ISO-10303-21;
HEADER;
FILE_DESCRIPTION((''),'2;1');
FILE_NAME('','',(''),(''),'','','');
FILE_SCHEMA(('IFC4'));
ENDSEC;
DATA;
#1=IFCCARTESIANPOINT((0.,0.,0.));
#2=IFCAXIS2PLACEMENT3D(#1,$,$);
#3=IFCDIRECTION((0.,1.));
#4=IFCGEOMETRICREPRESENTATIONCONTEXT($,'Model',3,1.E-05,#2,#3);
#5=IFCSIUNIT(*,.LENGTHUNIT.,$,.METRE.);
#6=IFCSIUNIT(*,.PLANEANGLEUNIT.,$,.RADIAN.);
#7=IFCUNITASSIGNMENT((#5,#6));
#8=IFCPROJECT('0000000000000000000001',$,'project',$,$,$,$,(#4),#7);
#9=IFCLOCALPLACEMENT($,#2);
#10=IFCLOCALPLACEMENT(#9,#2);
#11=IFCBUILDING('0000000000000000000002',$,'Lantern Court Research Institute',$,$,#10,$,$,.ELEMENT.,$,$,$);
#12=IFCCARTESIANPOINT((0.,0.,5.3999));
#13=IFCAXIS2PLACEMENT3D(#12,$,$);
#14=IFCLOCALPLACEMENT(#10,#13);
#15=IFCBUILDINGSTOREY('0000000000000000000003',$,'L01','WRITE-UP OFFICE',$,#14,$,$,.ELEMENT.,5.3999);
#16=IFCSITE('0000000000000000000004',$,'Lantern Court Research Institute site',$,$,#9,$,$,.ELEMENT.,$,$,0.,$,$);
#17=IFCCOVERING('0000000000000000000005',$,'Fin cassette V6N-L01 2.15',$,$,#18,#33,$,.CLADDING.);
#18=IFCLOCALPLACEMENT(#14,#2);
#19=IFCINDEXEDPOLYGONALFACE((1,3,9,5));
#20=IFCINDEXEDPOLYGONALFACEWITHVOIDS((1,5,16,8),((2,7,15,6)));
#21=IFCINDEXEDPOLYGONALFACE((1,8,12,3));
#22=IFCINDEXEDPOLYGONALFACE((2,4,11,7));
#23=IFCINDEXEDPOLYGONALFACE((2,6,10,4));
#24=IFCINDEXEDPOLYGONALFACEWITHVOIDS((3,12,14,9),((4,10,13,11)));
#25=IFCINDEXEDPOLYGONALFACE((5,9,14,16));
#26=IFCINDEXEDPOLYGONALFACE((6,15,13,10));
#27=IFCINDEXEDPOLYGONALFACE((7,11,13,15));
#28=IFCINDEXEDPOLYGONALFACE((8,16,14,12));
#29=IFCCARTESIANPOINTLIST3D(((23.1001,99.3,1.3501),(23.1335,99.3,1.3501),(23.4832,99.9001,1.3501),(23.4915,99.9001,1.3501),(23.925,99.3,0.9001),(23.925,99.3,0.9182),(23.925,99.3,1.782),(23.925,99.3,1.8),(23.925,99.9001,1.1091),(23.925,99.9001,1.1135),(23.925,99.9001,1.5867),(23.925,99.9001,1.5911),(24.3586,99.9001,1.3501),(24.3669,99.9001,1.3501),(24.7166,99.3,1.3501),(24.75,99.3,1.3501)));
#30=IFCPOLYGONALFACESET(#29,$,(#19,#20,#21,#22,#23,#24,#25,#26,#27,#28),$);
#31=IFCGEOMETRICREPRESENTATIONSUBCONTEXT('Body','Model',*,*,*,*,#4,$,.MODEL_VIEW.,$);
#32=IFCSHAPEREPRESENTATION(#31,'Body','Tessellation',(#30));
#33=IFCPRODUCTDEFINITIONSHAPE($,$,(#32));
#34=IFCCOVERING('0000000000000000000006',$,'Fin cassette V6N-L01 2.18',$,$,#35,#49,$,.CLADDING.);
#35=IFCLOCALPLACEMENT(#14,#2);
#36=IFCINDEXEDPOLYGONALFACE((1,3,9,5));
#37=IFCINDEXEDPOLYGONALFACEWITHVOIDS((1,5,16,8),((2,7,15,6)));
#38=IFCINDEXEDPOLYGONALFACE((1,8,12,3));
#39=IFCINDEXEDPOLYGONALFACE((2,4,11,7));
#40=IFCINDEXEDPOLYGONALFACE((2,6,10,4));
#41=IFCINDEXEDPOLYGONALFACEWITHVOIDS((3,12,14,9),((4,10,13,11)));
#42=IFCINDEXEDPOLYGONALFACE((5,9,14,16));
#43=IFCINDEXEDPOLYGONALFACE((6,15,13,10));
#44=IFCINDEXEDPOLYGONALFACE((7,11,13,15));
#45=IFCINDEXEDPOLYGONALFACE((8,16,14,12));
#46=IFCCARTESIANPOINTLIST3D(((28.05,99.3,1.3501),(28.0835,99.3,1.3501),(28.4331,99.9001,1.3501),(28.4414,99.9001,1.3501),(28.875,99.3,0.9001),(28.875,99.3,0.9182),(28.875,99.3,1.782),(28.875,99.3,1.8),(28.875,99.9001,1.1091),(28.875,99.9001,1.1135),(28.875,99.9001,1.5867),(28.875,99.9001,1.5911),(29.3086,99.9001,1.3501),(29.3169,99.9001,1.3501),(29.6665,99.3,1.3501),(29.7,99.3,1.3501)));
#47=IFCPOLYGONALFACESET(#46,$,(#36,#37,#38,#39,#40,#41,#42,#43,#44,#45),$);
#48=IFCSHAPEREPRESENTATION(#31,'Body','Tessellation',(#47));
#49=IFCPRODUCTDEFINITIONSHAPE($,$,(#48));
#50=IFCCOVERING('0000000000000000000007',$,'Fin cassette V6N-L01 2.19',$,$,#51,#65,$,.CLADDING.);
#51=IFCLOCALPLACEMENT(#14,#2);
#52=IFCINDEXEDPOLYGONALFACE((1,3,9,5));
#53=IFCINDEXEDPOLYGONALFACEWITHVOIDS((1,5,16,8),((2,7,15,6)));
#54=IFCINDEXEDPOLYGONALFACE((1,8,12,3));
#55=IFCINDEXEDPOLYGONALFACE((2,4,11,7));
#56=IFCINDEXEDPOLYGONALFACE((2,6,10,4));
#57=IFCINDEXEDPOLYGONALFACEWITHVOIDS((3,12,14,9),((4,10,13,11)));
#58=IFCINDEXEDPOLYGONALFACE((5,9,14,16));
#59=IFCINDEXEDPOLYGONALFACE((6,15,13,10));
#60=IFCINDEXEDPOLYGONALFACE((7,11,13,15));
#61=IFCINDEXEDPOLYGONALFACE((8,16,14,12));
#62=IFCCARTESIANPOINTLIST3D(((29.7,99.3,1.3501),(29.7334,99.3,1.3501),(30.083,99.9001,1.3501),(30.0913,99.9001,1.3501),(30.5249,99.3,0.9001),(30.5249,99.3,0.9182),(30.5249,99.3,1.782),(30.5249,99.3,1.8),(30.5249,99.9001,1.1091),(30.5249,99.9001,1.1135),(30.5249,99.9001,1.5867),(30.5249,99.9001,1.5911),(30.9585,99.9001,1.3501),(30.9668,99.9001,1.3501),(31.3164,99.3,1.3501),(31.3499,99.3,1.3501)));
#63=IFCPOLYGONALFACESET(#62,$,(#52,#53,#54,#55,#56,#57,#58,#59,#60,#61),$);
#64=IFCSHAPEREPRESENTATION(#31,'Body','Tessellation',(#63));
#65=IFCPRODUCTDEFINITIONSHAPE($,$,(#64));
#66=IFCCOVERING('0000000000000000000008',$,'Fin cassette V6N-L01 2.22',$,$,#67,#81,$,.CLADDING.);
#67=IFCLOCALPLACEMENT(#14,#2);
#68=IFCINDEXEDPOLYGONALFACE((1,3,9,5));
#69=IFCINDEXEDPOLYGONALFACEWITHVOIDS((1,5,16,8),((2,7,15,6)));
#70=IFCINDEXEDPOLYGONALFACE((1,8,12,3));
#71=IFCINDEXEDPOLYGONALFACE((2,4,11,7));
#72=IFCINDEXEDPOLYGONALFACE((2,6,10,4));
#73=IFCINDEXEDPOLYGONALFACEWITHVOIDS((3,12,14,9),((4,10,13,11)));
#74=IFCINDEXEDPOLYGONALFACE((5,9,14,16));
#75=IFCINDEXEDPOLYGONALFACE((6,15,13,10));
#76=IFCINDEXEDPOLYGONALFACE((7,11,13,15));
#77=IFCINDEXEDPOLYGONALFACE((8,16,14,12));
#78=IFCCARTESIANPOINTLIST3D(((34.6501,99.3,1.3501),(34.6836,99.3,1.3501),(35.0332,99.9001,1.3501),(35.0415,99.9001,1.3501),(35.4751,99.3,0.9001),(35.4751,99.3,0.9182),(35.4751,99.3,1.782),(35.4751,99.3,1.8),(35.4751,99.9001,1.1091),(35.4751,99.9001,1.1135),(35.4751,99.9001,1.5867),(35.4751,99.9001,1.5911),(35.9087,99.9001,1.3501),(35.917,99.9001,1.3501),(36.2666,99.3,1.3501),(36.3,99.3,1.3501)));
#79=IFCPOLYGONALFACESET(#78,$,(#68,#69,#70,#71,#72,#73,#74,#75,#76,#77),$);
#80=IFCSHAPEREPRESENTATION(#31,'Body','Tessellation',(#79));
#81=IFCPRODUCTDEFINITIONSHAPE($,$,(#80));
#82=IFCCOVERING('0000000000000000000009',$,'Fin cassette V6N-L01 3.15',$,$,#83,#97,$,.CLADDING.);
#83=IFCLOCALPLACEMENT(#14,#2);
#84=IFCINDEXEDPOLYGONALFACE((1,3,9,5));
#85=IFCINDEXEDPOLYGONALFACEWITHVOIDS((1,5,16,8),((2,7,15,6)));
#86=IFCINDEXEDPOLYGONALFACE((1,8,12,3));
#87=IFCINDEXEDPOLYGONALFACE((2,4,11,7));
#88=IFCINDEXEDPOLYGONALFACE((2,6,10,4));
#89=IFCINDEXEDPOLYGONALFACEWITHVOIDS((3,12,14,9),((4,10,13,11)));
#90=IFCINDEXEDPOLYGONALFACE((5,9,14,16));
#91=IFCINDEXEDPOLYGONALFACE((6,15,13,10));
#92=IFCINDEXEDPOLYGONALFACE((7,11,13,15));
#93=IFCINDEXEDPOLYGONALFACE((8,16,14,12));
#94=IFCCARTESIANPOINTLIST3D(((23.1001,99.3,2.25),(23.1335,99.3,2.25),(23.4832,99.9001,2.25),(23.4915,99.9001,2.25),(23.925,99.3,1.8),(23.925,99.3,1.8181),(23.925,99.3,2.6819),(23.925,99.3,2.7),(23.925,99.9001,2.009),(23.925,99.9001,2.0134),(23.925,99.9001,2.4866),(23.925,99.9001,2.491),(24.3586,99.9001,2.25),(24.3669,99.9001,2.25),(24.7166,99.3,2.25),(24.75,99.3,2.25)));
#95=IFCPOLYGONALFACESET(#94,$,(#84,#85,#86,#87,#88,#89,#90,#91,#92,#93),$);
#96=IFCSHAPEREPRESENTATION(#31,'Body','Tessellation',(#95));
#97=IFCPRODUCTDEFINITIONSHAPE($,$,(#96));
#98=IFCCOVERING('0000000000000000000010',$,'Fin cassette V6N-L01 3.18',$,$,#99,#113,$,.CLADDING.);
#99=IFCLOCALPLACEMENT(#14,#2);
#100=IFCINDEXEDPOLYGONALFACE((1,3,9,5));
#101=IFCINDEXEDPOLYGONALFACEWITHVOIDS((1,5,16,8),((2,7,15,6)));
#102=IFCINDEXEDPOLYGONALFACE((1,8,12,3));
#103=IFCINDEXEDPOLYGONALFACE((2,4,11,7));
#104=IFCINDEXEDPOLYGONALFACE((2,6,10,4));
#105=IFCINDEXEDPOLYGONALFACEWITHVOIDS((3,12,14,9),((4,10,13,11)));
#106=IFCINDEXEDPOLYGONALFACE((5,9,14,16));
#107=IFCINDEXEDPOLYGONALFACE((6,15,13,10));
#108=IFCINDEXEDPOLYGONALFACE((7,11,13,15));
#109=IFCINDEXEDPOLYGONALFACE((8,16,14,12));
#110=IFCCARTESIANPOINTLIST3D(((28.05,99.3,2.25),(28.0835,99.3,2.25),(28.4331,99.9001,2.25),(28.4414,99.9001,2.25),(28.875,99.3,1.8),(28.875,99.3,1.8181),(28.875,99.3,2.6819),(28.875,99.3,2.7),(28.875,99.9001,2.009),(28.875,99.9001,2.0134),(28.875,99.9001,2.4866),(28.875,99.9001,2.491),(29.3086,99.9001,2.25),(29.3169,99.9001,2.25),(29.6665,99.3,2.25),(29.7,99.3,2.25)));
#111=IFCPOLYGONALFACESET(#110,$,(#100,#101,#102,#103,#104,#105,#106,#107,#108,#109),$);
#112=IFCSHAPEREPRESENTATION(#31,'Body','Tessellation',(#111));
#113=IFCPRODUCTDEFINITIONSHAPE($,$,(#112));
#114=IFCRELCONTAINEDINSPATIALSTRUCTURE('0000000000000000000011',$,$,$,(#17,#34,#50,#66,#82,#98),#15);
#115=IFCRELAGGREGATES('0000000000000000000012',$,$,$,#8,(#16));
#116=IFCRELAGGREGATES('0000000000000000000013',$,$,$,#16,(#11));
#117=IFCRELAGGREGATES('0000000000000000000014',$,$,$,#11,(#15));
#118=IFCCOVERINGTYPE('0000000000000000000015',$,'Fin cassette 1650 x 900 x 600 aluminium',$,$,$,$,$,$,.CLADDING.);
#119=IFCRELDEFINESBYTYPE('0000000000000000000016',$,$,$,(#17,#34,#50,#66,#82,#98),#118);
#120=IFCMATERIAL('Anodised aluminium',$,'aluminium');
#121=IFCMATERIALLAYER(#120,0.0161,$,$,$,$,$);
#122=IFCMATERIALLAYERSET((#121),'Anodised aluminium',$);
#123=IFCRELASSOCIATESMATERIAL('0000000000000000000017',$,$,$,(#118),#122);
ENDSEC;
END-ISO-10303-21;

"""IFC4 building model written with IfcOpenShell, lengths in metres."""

from ifc_helpers import new_model, entity, si_unit, direction, frame, origin, place, context, subcontext, project, spatial, material, layer, layer_set, type_object, element, save


model = new_model("IFC4")

# Units and contexts
model_context = context("Model", 3, precision=1e-05, world=origin(), true_north=direction((0.0, 1.0)))
body_context = subcontext(model_context, "Body", "Model", "MODEL_VIEW")
ifc_project = project(units=[si_unit("LENGTHUNIT", "METRE"), si_unit("PLANEANGLEUNIT", "RADIAN")], contexts=[model_context])

# Site, building, storey
site_placement = place(None, origin())
site = spatial("IfcSite", under=ifc_project, at=site_placement, Name="Lantern Court Research Institute site", CompositionType="ELEMENT", RefElevation=0.0)
building_placement = place(site_placement, origin())
building = spatial("IfcBuilding", under=site, at=building_placement, Name="Lantern Court Research Institute", CompositionType="ELEMENT")
storey_placement = place(building_placement, frame((0.0, 0.0, 5.3999)))
storey = spatial("IfcBuildingStorey", under=building, at=storey_placement, Name="L01", Description="WRITE-UP OFFICE", CompositionType="ELEMENT", Elevation=5.3999)

# Coverings
ifc_material_1 = material(Name="Anodised aluminium", Category="aluminium")
ifc_layer_1 = layer(ifc_material_1, 0.0161)
ifc_layer_set_1 = layer_set([ifc_layer_1], Name="Anodised aluminium")
covering_type_1 = type_object("IfcCoveringType", Name="Fin cassette 1650 x 900 x 600 aluminium", PredefinedType="CLADDING", material=ifc_layer_set_1)
covering_1_placement = place(storey_placement, frame((23.925, 99.3, 1.3501), z_axis=(0.0, 1.0, 0.0), x_axis=(-1.0, 0.0, 0.0)))
cartesian_point_1 = entity("IfcCartesianPoint", [0.825, 0.0])
cartesian_point_2 = entity("IfcCartesianPoint", [0.7915, 0.0])
cartesian_point_3 = entity("IfcCartesianPoint", [0.4419, 0.0])
cartesian_point_4 = entity("IfcCartesianPoint", [0.4336, 0.0])
element("IfcCovering", 1, at=covering_1_placement, inside=storey, type_object=covering_type_1, Name="Fin cassette V6N-L01 2.15", PredefinedType="CLADDING", context=body_context, shape_type="SweptSolid", body=[
    entity("IfcExtrudedAreaSolidTapered", entity("IfcArbitraryProfileDefWithVoids", "AREA", None, entity("IfcPolyline", [cartesian_point_1, entity("IfcCartesianPoint", [0.0, 0.45]), entity("IfcCartesianPoint", [-0.825, 0.0]), entity("IfcCartesianPoint", [0.0, -0.45]), cartesian_point_1]), [entity("IfcPolyline", [cartesian_point_2, entity("IfcCartesianPoint", [0.0, 0.4319]), entity("IfcCartesianPoint", [-0.7915, 0.0]), entity("IfcCartesianPoint", [0.0, -0.4319]), cartesian_point_2])]), entity("IfcAxis2Placement3D", entity("IfcCartesianPoint", [0.0, 0.0, 0.0])), entity("IfcDirection", [0.0, 0.0, 1.0]), 0.6001, entity("IfcArbitraryProfileDefWithVoids", "AREA", None, entity("IfcPolyline", [cartesian_point_3, entity("IfcCartesianPoint", [0.0, 0.241]), entity("IfcCartesianPoint", [-0.4419, 0.0]), entity("IfcCartesianPoint", [0.0, -0.241]), cartesian_point_3]), [entity("IfcPolyline", [cartesian_point_4, entity("IfcCartesianPoint", [0.0, 0.2366]), entity("IfcCartesianPoint", [-0.4336, 0.0]), entity("IfcCartesianPoint", [0.0, -0.2366]), cartesian_point_4])])),
])
covering_2_placement = place(storey_placement, frame((28.875, 99.3, 1.3501), z_axis=(0.0, 1.0, 0.0), x_axis=(-1.0, 0.0, 0.0)))
cartesian_point_5 = entity("IfcCartesianPoint", [0.825, 0.0])
cartesian_point_6 = entity("IfcCartesianPoint", [0.7915, 0.0])
cartesian_point_7 = entity("IfcCartesianPoint", [0.4419, 0.0])
cartesian_point_8 = entity("IfcCartesianPoint", [0.4336, 0.0])
element("IfcCovering", 2, at=covering_2_placement, inside=storey, type_object=covering_type_1, Name="Fin cassette V6N-L01 2.18", PredefinedType="CLADDING", context=body_context, shape_type="SweptSolid", body=[
    entity("IfcExtrudedAreaSolidTapered", entity("IfcArbitraryProfileDefWithVoids", "AREA", None, entity("IfcPolyline", [cartesian_point_5, entity("IfcCartesianPoint", [0.0, 0.45]), entity("IfcCartesianPoint", [-0.825, 0.0]), entity("IfcCartesianPoint", [0.0, -0.45]), cartesian_point_5]), [entity("IfcPolyline", [cartesian_point_6, entity("IfcCartesianPoint", [0.0, 0.4319]), entity("IfcCartesianPoint", [-0.7915, 0.0]), entity("IfcCartesianPoint", [0.0, -0.4319]), cartesian_point_6])]), entity("IfcAxis2Placement3D", entity("IfcCartesianPoint", [0.0, 0.0, 0.0])), entity("IfcDirection", [0.0, 0.0, 1.0]), 0.6001, entity("IfcArbitraryProfileDefWithVoids", "AREA", None, entity("IfcPolyline", [cartesian_point_7, entity("IfcCartesianPoint", [0.0, 0.241]), entity("IfcCartesianPoint", [-0.4419, 0.0]), entity("IfcCartesianPoint", [0.0, -0.241]), cartesian_point_7]), [entity("IfcPolyline", [cartesian_point_8, entity("IfcCartesianPoint", [0.0, 0.2366]), entity("IfcCartesianPoint", [-0.4336, 0.0]), entity("IfcCartesianPoint", [0.0, -0.2366]), cartesian_point_8])])),
])
covering_3_placement = place(storey_placement, frame((30.5249, 99.3, 1.3501), z_axis=(0.0, 1.0, 0.0), x_axis=(-1.0, 0.0, 0.0)))
cartesian_point_9 = entity("IfcCartesianPoint", [0.825, 0.0])
cartesian_point_10 = entity("IfcCartesianPoint", [0.7915, 0.0])
cartesian_point_11 = entity("IfcCartesianPoint", [0.4419, 0.0])
cartesian_point_12 = entity("IfcCartesianPoint", [0.4336, 0.0])
element("IfcCovering", 3, at=covering_3_placement, inside=storey, type_object=covering_type_1, Name="Fin cassette V6N-L01 2.19", PredefinedType="CLADDING", context=body_context, shape_type="SweptSolid", body=[
    entity("IfcExtrudedAreaSolidTapered", entity("IfcArbitraryProfileDefWithVoids", "AREA", None, entity("IfcPolyline", [cartesian_point_9, entity("IfcCartesianPoint", [0.0, 0.45]), entity("IfcCartesianPoint", [-0.825, 0.0]), entity("IfcCartesianPoint", [0.0, -0.45]), cartesian_point_9]), [entity("IfcPolyline", [cartesian_point_10, entity("IfcCartesianPoint", [0.0, 0.4319]), entity("IfcCartesianPoint", [-0.7915, 0.0]), entity("IfcCartesianPoint", [0.0, -0.4319]), cartesian_point_10])]), entity("IfcAxis2Placement3D", entity("IfcCartesianPoint", [0.0, 0.0, 0.0])), entity("IfcDirection", [0.0, 0.0, 1.0]), 0.6001, entity("IfcArbitraryProfileDefWithVoids", "AREA", None, entity("IfcPolyline", [cartesian_point_11, entity("IfcCartesianPoint", [0.0, 0.241]), entity("IfcCartesianPoint", [-0.4419, 0.0]), entity("IfcCartesianPoint", [0.0, -0.241]), cartesian_point_11]), [entity("IfcPolyline", [cartesian_point_12, entity("IfcCartesianPoint", [0.0, 0.2366]), entity("IfcCartesianPoint", [-0.4336, 0.0]), entity("IfcCartesianPoint", [0.0, -0.2366]), cartesian_point_12])])),
])
covering_4_placement = place(storey_placement, frame((35.4751, 99.3, 1.3501), z_axis=(0.0, 1.0, 0.0), x_axis=(-1.0, 0.0, 0.0)))
cartesian_point_13 = entity("IfcCartesianPoint", [0.825, 0.0])
cartesian_point_14 = entity("IfcCartesianPoint", [0.7915, 0.0])
cartesian_point_15 = entity("IfcCartesianPoint", [0.4419, 0.0])
cartesian_point_16 = entity("IfcCartesianPoint", [0.4336, 0.0])
element("IfcCovering", 4, at=covering_4_placement, inside=storey, type_object=covering_type_1, Name="Fin cassette V6N-L01 2.22", PredefinedType="CLADDING", context=body_context, shape_type="SweptSolid", body=[
    entity("IfcExtrudedAreaSolidTapered", entity("IfcArbitraryProfileDefWithVoids", "AREA", None, entity("IfcPolyline", [cartesian_point_13, entity("IfcCartesianPoint", [0.0, 0.45]), entity("IfcCartesianPoint", [-0.825, 0.0]), entity("IfcCartesianPoint", [0.0, -0.45]), cartesian_point_13]), [entity("IfcPolyline", [cartesian_point_14, entity("IfcCartesianPoint", [0.0, 0.4319]), entity("IfcCartesianPoint", [-0.7915, 0.0]), entity("IfcCartesianPoint", [0.0, -0.4319]), cartesian_point_14])]), entity("IfcAxis2Placement3D", entity("IfcCartesianPoint", [0.0, 0.0, 0.0])), entity("IfcDirection", [0.0, 0.0, 1.0]), 0.6001, entity("IfcArbitraryProfileDefWithVoids", "AREA", None, entity("IfcPolyline", [cartesian_point_15, entity("IfcCartesianPoint", [0.0, 0.241]), entity("IfcCartesianPoint", [-0.4419, 0.0]), entity("IfcCartesianPoint", [0.0, -0.241]), cartesian_point_15]), [entity("IfcPolyline", [cartesian_point_16, entity("IfcCartesianPoint", [0.0, 0.2366]), entity("IfcCartesianPoint", [-0.4336, 0.0]), entity("IfcCartesianPoint", [0.0, -0.2366]), cartesian_point_16])])),
])
covering_5_placement = place(storey_placement, frame((23.925, 99.3, 2.25), z_axis=(0.0, 1.0, 0.0), x_axis=(-1.0, 0.0, 0.0)))
cartesian_point_17 = entity("IfcCartesianPoint", [0.825, 0.0])
cartesian_point_18 = entity("IfcCartesianPoint", [0.7915, 0.0])
cartesian_point_19 = entity("IfcCartesianPoint", [0.4419, 0.0])
cartesian_point_20 = entity("IfcCartesianPoint", [0.4336, 0.0])
element("IfcCovering", 5, at=covering_5_placement, inside=storey, type_object=covering_type_1, Name="Fin cassette V6N-L01 3.15", PredefinedType="CLADDING", context=body_context, shape_type="SweptSolid", body=[
    entity("IfcExtrudedAreaSolidTapered", entity("IfcArbitraryProfileDefWithVoids", "AREA", None, entity("IfcPolyline", [cartesian_point_17, entity("IfcCartesianPoint", [0.0, 0.45]), entity("IfcCartesianPoint", [-0.825, 0.0]), entity("IfcCartesianPoint", [0.0, -0.45]), cartesian_point_17]), [entity("IfcPolyline", [cartesian_point_18, entity("IfcCartesianPoint", [0.0, 0.4319]), entity("IfcCartesianPoint", [-0.7915, 0.0]), entity("IfcCartesianPoint", [0.0, -0.4319]), cartesian_point_18])]), entity("IfcAxis2Placement3D", entity("IfcCartesianPoint", [0.0, 0.0, 0.0])), entity("IfcDirection", [0.0, 0.0, 1.0]), 0.6001, entity("IfcArbitraryProfileDefWithVoids", "AREA", None, entity("IfcPolyline", [cartesian_point_19, entity("IfcCartesianPoint", [0.0, 0.241]), entity("IfcCartesianPoint", [-0.4419, 0.0]), entity("IfcCartesianPoint", [0.0, -0.241]), cartesian_point_19]), [entity("IfcPolyline", [cartesian_point_20, entity("IfcCartesianPoint", [0.0, 0.2366]), entity("IfcCartesianPoint", [-0.4336, 0.0]), entity("IfcCartesianPoint", [0.0, -0.2366]), cartesian_point_20])])),
])
covering_6_placement = place(storey_placement, frame((28.875, 99.3, 2.25), z_axis=(0.0, 1.0, 0.0), x_axis=(-1.0, 0.0, 0.0)))
cartesian_point_21 = entity("IfcCartesianPoint", [0.825, 0.0])
cartesian_point_22 = entity("IfcCartesianPoint", [0.7915, 0.0])
cartesian_point_23 = entity("IfcCartesianPoint", [0.4419, 0.0])
cartesian_point_24 = entity("IfcCartesianPoint", [0.4336, 0.0])
element("IfcCovering", 6, at=covering_6_placement, inside=storey, type_object=covering_type_1, Name="Fin cassette V6N-L01 3.18", PredefinedType="CLADDING", context=body_context, shape_type="SweptSolid", body=[
    entity("IfcExtrudedAreaSolidTapered", entity("IfcArbitraryProfileDefWithVoids", "AREA", None, entity("IfcPolyline", [cartesian_point_21, entity("IfcCartesianPoint", [0.0, 0.45]), entity("IfcCartesianPoint", [-0.825, 0.0]), entity("IfcCartesianPoint", [0.0, -0.45]), cartesian_point_21]), [entity("IfcPolyline", [cartesian_point_22, entity("IfcCartesianPoint", [0.0, 0.4319]), entity("IfcCartesianPoint", [-0.7915, 0.0]), entity("IfcCartesianPoint", [0.0, -0.4319]), cartesian_point_22])]), entity("IfcAxis2Placement3D", entity("IfcCartesianPoint", [0.0, 0.0, 0.0])), entity("IfcDirection", [0.0, 0.0, 1.0]), 0.6001, entity("IfcArbitraryProfileDefWithVoids", "AREA", None, entity("IfcPolyline", [cartesian_point_23, entity("IfcCartesianPoint", [0.0, 0.241]), entity("IfcCartesianPoint", [-0.4419, 0.0]), entity("IfcCartesianPoint", [0.0, -0.241]), cartesian_point_23]), [entity("IfcPolyline", [cartesian_point_24, entity("IfcCartesianPoint", [0.0, 0.2366]), entity("IfcCartesianPoint", [-0.4336, 0.0]), entity("IfcCartesianPoint", [0.0, -0.2366]), cartesian_point_24])])),
])

save(model, "model.ifc")
